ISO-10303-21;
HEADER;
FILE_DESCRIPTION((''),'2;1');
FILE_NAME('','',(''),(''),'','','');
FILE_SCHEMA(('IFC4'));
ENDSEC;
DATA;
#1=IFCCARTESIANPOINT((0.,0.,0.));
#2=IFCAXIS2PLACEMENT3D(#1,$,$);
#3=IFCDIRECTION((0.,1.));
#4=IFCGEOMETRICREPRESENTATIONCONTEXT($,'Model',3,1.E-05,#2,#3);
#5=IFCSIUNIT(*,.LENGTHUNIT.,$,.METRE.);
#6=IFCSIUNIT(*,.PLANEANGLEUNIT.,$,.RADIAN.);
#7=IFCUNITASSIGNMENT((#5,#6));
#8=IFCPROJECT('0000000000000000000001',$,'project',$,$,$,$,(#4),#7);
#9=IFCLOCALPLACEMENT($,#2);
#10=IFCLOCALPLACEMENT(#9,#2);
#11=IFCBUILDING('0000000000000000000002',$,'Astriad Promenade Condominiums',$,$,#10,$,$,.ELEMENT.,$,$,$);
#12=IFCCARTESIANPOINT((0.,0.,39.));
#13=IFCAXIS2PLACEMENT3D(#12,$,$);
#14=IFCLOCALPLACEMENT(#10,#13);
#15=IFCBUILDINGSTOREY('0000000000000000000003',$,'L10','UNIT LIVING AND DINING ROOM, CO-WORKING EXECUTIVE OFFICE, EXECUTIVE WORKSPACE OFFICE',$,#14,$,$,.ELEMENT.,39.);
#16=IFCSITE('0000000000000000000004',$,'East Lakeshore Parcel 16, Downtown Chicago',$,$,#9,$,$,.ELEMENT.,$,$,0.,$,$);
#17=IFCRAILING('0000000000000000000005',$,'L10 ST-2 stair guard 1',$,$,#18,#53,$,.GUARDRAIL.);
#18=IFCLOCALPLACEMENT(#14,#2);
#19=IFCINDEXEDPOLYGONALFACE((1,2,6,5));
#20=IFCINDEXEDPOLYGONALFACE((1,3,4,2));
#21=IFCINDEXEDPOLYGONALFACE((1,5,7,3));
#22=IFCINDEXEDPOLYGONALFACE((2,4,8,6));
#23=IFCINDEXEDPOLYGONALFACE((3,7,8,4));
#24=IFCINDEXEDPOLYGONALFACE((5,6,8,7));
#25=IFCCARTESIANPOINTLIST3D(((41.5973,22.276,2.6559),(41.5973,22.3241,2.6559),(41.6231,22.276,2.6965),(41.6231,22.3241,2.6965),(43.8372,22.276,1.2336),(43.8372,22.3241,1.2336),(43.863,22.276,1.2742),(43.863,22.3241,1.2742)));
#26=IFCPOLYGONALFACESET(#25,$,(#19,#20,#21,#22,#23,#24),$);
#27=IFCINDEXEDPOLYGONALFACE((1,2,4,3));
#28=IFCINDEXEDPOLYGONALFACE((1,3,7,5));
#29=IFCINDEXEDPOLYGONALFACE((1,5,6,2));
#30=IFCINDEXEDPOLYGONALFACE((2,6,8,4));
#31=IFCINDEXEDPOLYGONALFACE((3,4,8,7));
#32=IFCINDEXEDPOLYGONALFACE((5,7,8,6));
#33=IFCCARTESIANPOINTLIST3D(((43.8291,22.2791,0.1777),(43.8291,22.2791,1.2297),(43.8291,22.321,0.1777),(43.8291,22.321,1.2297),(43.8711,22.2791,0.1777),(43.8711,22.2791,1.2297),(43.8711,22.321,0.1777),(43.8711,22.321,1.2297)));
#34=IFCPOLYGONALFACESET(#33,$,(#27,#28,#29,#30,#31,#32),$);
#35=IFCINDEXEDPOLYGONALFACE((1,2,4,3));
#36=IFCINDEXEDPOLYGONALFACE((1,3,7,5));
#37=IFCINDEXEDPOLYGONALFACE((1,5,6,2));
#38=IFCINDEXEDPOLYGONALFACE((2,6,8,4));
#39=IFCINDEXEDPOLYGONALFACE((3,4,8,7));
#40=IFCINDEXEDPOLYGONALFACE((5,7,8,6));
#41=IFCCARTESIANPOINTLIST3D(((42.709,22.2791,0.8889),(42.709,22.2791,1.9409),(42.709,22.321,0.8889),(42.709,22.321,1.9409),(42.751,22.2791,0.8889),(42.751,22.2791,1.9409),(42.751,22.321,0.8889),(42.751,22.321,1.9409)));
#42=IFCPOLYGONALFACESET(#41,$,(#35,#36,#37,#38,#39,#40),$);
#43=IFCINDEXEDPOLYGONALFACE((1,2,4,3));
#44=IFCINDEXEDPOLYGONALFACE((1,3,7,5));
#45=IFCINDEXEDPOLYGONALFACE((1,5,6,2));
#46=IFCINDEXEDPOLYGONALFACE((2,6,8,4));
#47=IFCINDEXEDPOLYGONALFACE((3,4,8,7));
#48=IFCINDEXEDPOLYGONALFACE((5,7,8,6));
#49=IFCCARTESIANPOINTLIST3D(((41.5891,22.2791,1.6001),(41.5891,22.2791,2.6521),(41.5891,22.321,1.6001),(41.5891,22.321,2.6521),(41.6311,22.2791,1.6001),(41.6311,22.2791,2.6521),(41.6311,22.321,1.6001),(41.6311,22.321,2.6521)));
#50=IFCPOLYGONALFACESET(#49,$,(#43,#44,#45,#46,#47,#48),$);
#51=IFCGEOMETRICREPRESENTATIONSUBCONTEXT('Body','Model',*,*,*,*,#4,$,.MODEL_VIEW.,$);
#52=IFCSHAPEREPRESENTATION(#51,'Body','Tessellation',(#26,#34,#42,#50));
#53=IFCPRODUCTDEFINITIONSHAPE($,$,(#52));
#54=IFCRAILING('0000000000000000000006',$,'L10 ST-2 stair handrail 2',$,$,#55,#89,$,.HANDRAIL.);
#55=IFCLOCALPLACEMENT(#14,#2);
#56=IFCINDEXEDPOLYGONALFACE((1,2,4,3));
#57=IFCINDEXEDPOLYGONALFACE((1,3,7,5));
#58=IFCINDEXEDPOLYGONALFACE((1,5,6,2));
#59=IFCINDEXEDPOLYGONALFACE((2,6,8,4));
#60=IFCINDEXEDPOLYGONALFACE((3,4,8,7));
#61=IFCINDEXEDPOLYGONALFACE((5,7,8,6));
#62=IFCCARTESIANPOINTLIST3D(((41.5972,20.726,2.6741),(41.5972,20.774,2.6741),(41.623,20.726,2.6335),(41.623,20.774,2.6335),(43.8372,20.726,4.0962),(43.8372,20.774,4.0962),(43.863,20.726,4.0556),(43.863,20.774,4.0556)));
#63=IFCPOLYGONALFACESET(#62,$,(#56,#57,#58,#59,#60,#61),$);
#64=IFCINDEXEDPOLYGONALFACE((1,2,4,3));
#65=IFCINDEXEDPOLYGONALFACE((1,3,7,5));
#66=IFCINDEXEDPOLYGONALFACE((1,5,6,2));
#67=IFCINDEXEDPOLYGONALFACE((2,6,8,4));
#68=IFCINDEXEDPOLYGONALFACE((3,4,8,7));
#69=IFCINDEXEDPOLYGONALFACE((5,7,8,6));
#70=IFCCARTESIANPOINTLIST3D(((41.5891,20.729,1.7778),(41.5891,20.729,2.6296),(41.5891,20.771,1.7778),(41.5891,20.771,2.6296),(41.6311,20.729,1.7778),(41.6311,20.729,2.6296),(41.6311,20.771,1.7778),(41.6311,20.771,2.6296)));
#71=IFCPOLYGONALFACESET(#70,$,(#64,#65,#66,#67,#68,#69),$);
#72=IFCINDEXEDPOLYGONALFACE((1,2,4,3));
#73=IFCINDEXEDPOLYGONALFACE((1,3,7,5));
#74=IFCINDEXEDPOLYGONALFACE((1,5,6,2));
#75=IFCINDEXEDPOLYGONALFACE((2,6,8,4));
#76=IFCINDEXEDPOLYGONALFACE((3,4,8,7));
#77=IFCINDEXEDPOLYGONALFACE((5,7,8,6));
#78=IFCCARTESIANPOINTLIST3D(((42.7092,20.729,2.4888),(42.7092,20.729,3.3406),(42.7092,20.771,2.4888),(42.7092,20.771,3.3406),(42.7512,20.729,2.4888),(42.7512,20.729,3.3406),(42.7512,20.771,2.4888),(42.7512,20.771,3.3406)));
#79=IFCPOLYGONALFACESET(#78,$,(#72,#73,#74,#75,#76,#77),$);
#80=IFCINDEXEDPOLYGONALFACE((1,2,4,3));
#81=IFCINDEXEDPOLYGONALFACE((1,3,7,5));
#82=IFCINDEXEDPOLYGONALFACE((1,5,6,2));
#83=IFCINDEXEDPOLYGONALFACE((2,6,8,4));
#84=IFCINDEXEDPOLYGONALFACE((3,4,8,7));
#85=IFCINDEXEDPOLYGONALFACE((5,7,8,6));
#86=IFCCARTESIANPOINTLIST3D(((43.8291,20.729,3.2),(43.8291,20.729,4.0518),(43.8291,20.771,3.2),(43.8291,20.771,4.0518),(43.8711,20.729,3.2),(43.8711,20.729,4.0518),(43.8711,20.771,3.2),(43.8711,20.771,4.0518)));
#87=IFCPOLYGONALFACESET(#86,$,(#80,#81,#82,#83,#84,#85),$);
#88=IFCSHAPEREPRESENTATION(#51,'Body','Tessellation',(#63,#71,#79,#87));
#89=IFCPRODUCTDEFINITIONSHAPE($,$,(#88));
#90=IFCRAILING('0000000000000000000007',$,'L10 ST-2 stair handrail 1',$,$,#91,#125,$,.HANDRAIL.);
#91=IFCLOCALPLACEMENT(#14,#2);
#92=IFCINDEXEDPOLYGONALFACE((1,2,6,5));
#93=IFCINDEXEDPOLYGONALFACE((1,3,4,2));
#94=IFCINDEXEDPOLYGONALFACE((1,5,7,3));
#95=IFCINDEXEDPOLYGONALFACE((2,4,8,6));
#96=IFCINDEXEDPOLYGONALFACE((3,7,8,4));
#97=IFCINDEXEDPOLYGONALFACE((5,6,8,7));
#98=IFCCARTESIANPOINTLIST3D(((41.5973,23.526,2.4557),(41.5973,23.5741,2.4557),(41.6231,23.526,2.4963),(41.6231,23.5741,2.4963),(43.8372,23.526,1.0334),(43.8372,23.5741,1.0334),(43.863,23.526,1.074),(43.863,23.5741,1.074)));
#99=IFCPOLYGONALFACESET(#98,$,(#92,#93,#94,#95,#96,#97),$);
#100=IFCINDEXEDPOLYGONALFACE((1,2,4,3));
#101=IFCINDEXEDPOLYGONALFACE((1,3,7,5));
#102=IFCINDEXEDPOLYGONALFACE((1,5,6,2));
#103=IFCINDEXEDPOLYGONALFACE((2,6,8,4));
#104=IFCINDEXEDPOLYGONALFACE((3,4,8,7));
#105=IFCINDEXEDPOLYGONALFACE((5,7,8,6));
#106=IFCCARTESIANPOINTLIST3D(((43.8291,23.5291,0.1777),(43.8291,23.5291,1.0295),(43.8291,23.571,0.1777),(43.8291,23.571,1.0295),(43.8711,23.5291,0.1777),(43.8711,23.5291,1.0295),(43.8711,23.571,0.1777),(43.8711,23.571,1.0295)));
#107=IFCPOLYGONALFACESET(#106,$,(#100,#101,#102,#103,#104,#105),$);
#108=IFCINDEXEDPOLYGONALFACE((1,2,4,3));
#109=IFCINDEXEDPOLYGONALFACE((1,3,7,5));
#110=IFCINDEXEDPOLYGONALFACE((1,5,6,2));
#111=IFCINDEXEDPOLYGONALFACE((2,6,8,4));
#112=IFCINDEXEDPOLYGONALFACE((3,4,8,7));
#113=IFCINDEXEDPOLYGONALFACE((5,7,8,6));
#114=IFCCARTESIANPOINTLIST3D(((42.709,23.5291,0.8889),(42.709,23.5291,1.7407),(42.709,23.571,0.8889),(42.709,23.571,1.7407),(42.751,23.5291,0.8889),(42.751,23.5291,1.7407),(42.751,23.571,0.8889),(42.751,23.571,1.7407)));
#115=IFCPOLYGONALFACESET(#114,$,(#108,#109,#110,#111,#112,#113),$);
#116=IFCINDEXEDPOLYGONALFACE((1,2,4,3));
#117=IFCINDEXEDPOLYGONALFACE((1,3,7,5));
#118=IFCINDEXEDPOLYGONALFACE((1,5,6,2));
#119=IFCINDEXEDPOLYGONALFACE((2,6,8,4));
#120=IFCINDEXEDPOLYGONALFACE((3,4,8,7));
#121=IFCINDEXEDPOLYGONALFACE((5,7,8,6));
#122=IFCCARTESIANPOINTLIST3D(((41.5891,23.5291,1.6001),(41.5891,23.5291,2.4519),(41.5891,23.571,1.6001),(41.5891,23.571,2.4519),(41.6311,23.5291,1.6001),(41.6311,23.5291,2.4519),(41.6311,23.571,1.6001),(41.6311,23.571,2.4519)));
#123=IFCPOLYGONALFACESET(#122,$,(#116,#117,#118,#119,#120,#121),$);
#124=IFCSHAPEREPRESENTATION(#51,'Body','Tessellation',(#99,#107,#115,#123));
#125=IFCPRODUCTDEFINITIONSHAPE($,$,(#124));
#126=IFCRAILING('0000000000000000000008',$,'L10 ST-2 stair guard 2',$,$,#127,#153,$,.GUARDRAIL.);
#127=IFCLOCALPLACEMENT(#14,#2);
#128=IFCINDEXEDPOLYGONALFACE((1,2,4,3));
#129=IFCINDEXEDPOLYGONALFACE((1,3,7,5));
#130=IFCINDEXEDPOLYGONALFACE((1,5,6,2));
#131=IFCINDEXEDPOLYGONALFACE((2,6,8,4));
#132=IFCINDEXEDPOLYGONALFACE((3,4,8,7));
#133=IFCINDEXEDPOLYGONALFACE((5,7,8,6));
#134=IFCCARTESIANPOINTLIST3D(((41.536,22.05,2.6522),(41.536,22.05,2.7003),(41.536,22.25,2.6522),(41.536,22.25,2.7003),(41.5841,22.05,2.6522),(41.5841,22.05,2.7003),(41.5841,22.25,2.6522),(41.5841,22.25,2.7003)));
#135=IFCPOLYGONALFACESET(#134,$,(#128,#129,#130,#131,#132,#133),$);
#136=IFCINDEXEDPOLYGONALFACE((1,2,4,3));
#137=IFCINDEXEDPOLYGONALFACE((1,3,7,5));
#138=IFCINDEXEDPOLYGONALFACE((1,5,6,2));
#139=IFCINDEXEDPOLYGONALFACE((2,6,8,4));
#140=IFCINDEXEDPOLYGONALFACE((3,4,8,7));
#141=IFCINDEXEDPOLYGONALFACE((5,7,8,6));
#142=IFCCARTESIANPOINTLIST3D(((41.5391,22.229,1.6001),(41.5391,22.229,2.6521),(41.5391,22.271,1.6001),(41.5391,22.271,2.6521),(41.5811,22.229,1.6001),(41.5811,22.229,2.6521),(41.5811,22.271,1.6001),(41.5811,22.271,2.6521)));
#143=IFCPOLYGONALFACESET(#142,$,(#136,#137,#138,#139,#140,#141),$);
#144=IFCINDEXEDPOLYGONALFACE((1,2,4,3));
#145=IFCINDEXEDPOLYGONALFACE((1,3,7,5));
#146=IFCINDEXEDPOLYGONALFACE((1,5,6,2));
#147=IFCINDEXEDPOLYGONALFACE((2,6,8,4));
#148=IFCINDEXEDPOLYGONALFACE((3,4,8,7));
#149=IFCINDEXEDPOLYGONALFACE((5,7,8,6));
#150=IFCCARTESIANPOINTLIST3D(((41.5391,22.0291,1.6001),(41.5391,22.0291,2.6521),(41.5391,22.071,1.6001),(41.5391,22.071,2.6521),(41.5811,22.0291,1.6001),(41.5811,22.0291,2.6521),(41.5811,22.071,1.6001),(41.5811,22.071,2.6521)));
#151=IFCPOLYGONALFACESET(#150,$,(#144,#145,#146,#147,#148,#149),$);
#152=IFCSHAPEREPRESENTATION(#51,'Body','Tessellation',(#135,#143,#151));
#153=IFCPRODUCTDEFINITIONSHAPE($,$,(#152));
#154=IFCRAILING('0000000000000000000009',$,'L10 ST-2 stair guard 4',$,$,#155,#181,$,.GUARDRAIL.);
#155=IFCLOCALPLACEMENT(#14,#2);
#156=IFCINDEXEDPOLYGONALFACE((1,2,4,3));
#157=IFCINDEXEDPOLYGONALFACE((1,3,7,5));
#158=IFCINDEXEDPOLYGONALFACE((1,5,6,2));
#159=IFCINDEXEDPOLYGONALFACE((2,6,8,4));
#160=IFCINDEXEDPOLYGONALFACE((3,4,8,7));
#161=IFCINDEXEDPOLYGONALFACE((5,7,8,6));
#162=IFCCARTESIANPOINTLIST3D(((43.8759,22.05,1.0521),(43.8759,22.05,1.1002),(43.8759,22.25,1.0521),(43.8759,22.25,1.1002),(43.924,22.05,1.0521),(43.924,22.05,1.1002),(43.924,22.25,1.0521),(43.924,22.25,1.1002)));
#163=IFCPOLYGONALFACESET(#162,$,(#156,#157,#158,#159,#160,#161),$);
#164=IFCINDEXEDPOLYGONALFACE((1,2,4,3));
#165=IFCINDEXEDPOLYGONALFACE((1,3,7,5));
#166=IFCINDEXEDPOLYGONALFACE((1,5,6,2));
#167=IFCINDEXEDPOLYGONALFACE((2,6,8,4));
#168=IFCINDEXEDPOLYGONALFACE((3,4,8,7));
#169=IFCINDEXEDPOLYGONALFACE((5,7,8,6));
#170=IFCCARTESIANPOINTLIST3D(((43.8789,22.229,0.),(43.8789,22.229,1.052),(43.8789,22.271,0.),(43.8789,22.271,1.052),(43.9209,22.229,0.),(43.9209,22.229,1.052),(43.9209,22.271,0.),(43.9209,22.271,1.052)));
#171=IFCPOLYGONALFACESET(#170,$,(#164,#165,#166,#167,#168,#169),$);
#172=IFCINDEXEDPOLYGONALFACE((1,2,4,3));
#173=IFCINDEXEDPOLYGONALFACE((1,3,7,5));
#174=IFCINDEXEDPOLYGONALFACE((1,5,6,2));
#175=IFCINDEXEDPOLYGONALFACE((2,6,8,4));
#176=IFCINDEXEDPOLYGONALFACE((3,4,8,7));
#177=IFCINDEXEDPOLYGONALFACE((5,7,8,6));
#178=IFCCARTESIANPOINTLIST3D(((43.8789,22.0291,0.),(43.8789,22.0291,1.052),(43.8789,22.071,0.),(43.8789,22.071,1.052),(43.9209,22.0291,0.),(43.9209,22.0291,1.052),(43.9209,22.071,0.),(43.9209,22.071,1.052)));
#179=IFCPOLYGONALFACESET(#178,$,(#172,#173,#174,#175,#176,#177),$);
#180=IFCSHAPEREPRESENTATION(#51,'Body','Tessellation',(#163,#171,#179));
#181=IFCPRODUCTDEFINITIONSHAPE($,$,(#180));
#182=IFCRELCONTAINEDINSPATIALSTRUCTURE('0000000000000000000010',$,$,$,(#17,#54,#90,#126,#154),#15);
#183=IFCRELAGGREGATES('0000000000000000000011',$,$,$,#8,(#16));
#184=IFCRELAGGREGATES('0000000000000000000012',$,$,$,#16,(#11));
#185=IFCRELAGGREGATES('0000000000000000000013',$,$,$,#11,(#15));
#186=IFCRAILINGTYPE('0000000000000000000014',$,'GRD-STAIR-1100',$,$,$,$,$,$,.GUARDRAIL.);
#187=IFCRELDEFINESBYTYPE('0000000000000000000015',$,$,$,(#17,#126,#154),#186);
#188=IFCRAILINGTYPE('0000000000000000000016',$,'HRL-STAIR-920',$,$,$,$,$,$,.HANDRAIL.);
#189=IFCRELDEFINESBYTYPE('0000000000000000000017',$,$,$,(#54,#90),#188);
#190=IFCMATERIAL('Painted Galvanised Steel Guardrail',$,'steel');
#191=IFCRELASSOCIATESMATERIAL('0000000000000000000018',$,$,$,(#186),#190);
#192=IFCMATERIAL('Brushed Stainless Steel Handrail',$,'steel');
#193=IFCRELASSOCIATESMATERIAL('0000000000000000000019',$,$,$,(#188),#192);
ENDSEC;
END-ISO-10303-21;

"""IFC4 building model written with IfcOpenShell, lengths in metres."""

from ifc_helpers import new_model, si_unit, direction, frame, origin, origin_2d, place, context, subcontext, project, spatial, rectangle, extrude, source, transform, mapped, material, type_object, type_shapes, element, save


model = new_model("IFC4")

# Units and contexts
model_context = context("Model", 3, precision=1e-05, world=origin(), true_north=direction((0.0, 1.0)))
body_context = subcontext(model_context, "Body", "Model", "MODEL_VIEW")
ifc_project = project(units=[si_unit("LENGTHUNIT", "METRE"), si_unit("PLANEANGLEUNIT", "RADIAN")], contexts=[model_context])

# Site, building, storey
site_placement = place(None, origin())
site = spatial("IfcSite", under=ifc_project, at=site_placement, Name="East Lakeshore Parcel 16, Downtown Chicago", CompositionType="ELEMENT", RefElevation=0.0)
building_placement = place(site_placement, origin())
building = spatial("IfcBuilding", under=site, at=building_placement, Name="Astriad Promenade Condominiums", CompositionType="ELEMENT")
storey_placement = place(building_placement, frame((0.0, 0.0, 39.0)))
storey = spatial("IfcBuildingStorey", under=building, at=storey_placement, Name="L10", Description="UNIT LIVING AND DINING ROOM, CO-WORKING EXECUTIVE OFFICE, EXECUTIVE WORKSPACE OFFICE", CompositionType="ELEMENT", Elevation=39.0)

# Railings
ifc_material_1 = material(Name="Painted Galvanised Steel Guardrail", Category="steel")
railing_type_1 = type_object("IfcRailingType", Name="GRD-STAIR-1100", PredefinedType="GUARDRAIL", material=ifc_material_1)
shared_shape_1 = source(origin(), body_context, "Body", "SweptSolid", [
    extrude(rectangle(XDim=0.0481, YDim=0.0481, at=origin_2d()), frame((0.0, 0.0, 1.0762), z_axis=(-0.844188, 0.0, 0.536048), x_axis=(0.0, -1.0, 0.0)), (0.0, 0.0, 1.0), 2.6533),
    extrude(rectangle(XDim=0.042, YDim=0.042, at=origin_2d()), origin(), (0.0, 0.0, 1.0), 1.052),
    extrude(rectangle(XDim=0.042, YDim=0.042, at=origin_2d()), frame((-1.1201, 0.0, 0.7112)), (0.0, 0.0, 1.0), 1.052),
    extrude(rectangle(XDim=0.042, YDim=0.042, at=origin_2d()), frame((-2.24, 0.0, 1.4224)), (0.0, 0.0, 1.0), 1.052),
])
railing_1_placement = place(storey_placement, frame((43.8501, 22.3, 0.1777)))
element("IfcRailing", 1, at=railing_1_placement, inside=storey, type_object=railing_type_1, Name="L10 ST-2 stair guard 1", PredefinedType="GUARDRAIL", context=body_context, shape_type="MappedRepresentation", body=[
    mapped(shared_shape_1, transform((0.0, 0.0, 0.0), scale=1.0)),
])
ifc_material_2 = material(Name="Brushed Stainless Steel Handrail", Category="steel")
railing_type_2 = type_object("IfcRailingType", Name="HRL-STAIR-920", PredefinedType="HANDRAIL", material=ifc_material_2)
shared_shape_2 = source(origin(), body_context, "Body", "SweptSolid", [
    extrude(rectangle(XDim=0.0481, YDim=0.0481, at=origin_2d()), frame((0.0, 0.0, 0.876), z_axis=(0.844229, 0.0, 0.535982), x_axis=(0.0, 1.0, 0.0)), (0.0, 0.0, 1.0), 2.6533),
    extrude(rectangle(XDim=0.042, YDim=0.042, at=origin_2d()), origin(), (0.0, 0.0, 1.0), 0.8518),
    extrude(rectangle(XDim=0.042, YDim=0.042, at=origin_2d()), frame((1.1201, 0.0, 0.7109)), (0.0, 0.0, 1.0), 0.8518),
    extrude(rectangle(XDim=0.042, YDim=0.042, at=origin_2d()), frame((2.24, 0.0, 1.4221)), (0.0, 0.0, 1.0), 0.8518),
])
railing_2_placement = place(storey_placement, frame((41.6101, 20.75, 1.7778)))
element("IfcRailing", 2, at=railing_2_placement, inside=storey, type_object=railing_type_2, Name="L10 ST-2 stair handrail 2", PredefinedType="HANDRAIL", context=body_context, shape_type="MappedRepresentation", body=[
    mapped(shared_shape_2, transform((0.0, 0.0, 0.0), scale=1.0)),
])
shared_shape_3 = source(origin(), body_context, "Body", "SweptSolid", [
    extrude(rectangle(XDim=0.0481, YDim=0.0481, at=origin_2d()), frame((0.0, 0.0, 0.876), z_axis=(-0.844188, 0.0, 0.536048), x_axis=(0.0, -1.0, 0.0)), (0.0, 0.0, 1.0), 2.6533),
    extrude(rectangle(XDim=0.042, YDim=0.042, at=origin_2d()), origin(), (0.0, 0.0, 1.0), 0.8518),
    extrude(rectangle(XDim=0.042, YDim=0.042, at=origin_2d()), frame((-1.1201, 0.0, 0.7112)), (0.0, 0.0, 1.0), 0.8518),
    extrude(rectangle(XDim=0.042, YDim=0.042, at=origin_2d()), frame((-2.24, 0.0, 1.4224)), (0.0, 0.0, 1.0), 0.8518),
])
type_shapes(railing_type_2, [shared_shape_2, shared_shape_3])
railing_3_placement = place(storey_placement, frame((43.8501, 23.55, 0.1777)))
element("IfcRailing", 3, at=railing_3_placement, inside=storey, type_object=railing_type_2, Name="L10 ST-2 stair handrail 1", PredefinedType="HANDRAIL", context=body_context, shape_type="MappedRepresentation", body=[
    mapped(shared_shape_3, transform((0.0, 0.0, 0.0), scale=1.0)),
])
shared_shape_4 = source(origin(), body_context, "Body", "SweptSolid", [
    extrude(rectangle(XDim=0.0481, YDim=0.0481, at=origin_2d()), frame((0.0, 0.0, 1.0762), z_axis=(0.0, -1.0, 0.0), x_axis=(1.0, 0.0, 0.0)), (0.0, 0.0, 1.0), 0.2),
    extrude(rectangle(XDim=0.042, YDim=0.042, at=origin_2d()), origin(), (0.0, 0.0, 1.0), 1.052),
    extrude(rectangle(XDim=0.042, YDim=0.042, at=origin_2d()), frame((0.0, -0.2, 0.0)), (0.0, 0.0, 1.0), 1.052),
])
for number, where, name in (
    (4, (41.5601, 22.25, 1.6001), "L10 ST-2 stair guard 2"),
    (5, (43.8999, 22.25, 0.0), "L10 ST-2 stair guard 4"),
):
    element("IfcRailing", number, at=place(storey_placement, frame(where)), inside=storey, type_object=railing_type_1, Name=name, PredefinedType="GUARDRAIL", context=body_context, shape_type="MappedRepresentation", body=[
        mapped(shared_shape_4, transform((0.0, 0.0, 0.0), scale=1.0)),
    ])

save(model, "model.ifc")
